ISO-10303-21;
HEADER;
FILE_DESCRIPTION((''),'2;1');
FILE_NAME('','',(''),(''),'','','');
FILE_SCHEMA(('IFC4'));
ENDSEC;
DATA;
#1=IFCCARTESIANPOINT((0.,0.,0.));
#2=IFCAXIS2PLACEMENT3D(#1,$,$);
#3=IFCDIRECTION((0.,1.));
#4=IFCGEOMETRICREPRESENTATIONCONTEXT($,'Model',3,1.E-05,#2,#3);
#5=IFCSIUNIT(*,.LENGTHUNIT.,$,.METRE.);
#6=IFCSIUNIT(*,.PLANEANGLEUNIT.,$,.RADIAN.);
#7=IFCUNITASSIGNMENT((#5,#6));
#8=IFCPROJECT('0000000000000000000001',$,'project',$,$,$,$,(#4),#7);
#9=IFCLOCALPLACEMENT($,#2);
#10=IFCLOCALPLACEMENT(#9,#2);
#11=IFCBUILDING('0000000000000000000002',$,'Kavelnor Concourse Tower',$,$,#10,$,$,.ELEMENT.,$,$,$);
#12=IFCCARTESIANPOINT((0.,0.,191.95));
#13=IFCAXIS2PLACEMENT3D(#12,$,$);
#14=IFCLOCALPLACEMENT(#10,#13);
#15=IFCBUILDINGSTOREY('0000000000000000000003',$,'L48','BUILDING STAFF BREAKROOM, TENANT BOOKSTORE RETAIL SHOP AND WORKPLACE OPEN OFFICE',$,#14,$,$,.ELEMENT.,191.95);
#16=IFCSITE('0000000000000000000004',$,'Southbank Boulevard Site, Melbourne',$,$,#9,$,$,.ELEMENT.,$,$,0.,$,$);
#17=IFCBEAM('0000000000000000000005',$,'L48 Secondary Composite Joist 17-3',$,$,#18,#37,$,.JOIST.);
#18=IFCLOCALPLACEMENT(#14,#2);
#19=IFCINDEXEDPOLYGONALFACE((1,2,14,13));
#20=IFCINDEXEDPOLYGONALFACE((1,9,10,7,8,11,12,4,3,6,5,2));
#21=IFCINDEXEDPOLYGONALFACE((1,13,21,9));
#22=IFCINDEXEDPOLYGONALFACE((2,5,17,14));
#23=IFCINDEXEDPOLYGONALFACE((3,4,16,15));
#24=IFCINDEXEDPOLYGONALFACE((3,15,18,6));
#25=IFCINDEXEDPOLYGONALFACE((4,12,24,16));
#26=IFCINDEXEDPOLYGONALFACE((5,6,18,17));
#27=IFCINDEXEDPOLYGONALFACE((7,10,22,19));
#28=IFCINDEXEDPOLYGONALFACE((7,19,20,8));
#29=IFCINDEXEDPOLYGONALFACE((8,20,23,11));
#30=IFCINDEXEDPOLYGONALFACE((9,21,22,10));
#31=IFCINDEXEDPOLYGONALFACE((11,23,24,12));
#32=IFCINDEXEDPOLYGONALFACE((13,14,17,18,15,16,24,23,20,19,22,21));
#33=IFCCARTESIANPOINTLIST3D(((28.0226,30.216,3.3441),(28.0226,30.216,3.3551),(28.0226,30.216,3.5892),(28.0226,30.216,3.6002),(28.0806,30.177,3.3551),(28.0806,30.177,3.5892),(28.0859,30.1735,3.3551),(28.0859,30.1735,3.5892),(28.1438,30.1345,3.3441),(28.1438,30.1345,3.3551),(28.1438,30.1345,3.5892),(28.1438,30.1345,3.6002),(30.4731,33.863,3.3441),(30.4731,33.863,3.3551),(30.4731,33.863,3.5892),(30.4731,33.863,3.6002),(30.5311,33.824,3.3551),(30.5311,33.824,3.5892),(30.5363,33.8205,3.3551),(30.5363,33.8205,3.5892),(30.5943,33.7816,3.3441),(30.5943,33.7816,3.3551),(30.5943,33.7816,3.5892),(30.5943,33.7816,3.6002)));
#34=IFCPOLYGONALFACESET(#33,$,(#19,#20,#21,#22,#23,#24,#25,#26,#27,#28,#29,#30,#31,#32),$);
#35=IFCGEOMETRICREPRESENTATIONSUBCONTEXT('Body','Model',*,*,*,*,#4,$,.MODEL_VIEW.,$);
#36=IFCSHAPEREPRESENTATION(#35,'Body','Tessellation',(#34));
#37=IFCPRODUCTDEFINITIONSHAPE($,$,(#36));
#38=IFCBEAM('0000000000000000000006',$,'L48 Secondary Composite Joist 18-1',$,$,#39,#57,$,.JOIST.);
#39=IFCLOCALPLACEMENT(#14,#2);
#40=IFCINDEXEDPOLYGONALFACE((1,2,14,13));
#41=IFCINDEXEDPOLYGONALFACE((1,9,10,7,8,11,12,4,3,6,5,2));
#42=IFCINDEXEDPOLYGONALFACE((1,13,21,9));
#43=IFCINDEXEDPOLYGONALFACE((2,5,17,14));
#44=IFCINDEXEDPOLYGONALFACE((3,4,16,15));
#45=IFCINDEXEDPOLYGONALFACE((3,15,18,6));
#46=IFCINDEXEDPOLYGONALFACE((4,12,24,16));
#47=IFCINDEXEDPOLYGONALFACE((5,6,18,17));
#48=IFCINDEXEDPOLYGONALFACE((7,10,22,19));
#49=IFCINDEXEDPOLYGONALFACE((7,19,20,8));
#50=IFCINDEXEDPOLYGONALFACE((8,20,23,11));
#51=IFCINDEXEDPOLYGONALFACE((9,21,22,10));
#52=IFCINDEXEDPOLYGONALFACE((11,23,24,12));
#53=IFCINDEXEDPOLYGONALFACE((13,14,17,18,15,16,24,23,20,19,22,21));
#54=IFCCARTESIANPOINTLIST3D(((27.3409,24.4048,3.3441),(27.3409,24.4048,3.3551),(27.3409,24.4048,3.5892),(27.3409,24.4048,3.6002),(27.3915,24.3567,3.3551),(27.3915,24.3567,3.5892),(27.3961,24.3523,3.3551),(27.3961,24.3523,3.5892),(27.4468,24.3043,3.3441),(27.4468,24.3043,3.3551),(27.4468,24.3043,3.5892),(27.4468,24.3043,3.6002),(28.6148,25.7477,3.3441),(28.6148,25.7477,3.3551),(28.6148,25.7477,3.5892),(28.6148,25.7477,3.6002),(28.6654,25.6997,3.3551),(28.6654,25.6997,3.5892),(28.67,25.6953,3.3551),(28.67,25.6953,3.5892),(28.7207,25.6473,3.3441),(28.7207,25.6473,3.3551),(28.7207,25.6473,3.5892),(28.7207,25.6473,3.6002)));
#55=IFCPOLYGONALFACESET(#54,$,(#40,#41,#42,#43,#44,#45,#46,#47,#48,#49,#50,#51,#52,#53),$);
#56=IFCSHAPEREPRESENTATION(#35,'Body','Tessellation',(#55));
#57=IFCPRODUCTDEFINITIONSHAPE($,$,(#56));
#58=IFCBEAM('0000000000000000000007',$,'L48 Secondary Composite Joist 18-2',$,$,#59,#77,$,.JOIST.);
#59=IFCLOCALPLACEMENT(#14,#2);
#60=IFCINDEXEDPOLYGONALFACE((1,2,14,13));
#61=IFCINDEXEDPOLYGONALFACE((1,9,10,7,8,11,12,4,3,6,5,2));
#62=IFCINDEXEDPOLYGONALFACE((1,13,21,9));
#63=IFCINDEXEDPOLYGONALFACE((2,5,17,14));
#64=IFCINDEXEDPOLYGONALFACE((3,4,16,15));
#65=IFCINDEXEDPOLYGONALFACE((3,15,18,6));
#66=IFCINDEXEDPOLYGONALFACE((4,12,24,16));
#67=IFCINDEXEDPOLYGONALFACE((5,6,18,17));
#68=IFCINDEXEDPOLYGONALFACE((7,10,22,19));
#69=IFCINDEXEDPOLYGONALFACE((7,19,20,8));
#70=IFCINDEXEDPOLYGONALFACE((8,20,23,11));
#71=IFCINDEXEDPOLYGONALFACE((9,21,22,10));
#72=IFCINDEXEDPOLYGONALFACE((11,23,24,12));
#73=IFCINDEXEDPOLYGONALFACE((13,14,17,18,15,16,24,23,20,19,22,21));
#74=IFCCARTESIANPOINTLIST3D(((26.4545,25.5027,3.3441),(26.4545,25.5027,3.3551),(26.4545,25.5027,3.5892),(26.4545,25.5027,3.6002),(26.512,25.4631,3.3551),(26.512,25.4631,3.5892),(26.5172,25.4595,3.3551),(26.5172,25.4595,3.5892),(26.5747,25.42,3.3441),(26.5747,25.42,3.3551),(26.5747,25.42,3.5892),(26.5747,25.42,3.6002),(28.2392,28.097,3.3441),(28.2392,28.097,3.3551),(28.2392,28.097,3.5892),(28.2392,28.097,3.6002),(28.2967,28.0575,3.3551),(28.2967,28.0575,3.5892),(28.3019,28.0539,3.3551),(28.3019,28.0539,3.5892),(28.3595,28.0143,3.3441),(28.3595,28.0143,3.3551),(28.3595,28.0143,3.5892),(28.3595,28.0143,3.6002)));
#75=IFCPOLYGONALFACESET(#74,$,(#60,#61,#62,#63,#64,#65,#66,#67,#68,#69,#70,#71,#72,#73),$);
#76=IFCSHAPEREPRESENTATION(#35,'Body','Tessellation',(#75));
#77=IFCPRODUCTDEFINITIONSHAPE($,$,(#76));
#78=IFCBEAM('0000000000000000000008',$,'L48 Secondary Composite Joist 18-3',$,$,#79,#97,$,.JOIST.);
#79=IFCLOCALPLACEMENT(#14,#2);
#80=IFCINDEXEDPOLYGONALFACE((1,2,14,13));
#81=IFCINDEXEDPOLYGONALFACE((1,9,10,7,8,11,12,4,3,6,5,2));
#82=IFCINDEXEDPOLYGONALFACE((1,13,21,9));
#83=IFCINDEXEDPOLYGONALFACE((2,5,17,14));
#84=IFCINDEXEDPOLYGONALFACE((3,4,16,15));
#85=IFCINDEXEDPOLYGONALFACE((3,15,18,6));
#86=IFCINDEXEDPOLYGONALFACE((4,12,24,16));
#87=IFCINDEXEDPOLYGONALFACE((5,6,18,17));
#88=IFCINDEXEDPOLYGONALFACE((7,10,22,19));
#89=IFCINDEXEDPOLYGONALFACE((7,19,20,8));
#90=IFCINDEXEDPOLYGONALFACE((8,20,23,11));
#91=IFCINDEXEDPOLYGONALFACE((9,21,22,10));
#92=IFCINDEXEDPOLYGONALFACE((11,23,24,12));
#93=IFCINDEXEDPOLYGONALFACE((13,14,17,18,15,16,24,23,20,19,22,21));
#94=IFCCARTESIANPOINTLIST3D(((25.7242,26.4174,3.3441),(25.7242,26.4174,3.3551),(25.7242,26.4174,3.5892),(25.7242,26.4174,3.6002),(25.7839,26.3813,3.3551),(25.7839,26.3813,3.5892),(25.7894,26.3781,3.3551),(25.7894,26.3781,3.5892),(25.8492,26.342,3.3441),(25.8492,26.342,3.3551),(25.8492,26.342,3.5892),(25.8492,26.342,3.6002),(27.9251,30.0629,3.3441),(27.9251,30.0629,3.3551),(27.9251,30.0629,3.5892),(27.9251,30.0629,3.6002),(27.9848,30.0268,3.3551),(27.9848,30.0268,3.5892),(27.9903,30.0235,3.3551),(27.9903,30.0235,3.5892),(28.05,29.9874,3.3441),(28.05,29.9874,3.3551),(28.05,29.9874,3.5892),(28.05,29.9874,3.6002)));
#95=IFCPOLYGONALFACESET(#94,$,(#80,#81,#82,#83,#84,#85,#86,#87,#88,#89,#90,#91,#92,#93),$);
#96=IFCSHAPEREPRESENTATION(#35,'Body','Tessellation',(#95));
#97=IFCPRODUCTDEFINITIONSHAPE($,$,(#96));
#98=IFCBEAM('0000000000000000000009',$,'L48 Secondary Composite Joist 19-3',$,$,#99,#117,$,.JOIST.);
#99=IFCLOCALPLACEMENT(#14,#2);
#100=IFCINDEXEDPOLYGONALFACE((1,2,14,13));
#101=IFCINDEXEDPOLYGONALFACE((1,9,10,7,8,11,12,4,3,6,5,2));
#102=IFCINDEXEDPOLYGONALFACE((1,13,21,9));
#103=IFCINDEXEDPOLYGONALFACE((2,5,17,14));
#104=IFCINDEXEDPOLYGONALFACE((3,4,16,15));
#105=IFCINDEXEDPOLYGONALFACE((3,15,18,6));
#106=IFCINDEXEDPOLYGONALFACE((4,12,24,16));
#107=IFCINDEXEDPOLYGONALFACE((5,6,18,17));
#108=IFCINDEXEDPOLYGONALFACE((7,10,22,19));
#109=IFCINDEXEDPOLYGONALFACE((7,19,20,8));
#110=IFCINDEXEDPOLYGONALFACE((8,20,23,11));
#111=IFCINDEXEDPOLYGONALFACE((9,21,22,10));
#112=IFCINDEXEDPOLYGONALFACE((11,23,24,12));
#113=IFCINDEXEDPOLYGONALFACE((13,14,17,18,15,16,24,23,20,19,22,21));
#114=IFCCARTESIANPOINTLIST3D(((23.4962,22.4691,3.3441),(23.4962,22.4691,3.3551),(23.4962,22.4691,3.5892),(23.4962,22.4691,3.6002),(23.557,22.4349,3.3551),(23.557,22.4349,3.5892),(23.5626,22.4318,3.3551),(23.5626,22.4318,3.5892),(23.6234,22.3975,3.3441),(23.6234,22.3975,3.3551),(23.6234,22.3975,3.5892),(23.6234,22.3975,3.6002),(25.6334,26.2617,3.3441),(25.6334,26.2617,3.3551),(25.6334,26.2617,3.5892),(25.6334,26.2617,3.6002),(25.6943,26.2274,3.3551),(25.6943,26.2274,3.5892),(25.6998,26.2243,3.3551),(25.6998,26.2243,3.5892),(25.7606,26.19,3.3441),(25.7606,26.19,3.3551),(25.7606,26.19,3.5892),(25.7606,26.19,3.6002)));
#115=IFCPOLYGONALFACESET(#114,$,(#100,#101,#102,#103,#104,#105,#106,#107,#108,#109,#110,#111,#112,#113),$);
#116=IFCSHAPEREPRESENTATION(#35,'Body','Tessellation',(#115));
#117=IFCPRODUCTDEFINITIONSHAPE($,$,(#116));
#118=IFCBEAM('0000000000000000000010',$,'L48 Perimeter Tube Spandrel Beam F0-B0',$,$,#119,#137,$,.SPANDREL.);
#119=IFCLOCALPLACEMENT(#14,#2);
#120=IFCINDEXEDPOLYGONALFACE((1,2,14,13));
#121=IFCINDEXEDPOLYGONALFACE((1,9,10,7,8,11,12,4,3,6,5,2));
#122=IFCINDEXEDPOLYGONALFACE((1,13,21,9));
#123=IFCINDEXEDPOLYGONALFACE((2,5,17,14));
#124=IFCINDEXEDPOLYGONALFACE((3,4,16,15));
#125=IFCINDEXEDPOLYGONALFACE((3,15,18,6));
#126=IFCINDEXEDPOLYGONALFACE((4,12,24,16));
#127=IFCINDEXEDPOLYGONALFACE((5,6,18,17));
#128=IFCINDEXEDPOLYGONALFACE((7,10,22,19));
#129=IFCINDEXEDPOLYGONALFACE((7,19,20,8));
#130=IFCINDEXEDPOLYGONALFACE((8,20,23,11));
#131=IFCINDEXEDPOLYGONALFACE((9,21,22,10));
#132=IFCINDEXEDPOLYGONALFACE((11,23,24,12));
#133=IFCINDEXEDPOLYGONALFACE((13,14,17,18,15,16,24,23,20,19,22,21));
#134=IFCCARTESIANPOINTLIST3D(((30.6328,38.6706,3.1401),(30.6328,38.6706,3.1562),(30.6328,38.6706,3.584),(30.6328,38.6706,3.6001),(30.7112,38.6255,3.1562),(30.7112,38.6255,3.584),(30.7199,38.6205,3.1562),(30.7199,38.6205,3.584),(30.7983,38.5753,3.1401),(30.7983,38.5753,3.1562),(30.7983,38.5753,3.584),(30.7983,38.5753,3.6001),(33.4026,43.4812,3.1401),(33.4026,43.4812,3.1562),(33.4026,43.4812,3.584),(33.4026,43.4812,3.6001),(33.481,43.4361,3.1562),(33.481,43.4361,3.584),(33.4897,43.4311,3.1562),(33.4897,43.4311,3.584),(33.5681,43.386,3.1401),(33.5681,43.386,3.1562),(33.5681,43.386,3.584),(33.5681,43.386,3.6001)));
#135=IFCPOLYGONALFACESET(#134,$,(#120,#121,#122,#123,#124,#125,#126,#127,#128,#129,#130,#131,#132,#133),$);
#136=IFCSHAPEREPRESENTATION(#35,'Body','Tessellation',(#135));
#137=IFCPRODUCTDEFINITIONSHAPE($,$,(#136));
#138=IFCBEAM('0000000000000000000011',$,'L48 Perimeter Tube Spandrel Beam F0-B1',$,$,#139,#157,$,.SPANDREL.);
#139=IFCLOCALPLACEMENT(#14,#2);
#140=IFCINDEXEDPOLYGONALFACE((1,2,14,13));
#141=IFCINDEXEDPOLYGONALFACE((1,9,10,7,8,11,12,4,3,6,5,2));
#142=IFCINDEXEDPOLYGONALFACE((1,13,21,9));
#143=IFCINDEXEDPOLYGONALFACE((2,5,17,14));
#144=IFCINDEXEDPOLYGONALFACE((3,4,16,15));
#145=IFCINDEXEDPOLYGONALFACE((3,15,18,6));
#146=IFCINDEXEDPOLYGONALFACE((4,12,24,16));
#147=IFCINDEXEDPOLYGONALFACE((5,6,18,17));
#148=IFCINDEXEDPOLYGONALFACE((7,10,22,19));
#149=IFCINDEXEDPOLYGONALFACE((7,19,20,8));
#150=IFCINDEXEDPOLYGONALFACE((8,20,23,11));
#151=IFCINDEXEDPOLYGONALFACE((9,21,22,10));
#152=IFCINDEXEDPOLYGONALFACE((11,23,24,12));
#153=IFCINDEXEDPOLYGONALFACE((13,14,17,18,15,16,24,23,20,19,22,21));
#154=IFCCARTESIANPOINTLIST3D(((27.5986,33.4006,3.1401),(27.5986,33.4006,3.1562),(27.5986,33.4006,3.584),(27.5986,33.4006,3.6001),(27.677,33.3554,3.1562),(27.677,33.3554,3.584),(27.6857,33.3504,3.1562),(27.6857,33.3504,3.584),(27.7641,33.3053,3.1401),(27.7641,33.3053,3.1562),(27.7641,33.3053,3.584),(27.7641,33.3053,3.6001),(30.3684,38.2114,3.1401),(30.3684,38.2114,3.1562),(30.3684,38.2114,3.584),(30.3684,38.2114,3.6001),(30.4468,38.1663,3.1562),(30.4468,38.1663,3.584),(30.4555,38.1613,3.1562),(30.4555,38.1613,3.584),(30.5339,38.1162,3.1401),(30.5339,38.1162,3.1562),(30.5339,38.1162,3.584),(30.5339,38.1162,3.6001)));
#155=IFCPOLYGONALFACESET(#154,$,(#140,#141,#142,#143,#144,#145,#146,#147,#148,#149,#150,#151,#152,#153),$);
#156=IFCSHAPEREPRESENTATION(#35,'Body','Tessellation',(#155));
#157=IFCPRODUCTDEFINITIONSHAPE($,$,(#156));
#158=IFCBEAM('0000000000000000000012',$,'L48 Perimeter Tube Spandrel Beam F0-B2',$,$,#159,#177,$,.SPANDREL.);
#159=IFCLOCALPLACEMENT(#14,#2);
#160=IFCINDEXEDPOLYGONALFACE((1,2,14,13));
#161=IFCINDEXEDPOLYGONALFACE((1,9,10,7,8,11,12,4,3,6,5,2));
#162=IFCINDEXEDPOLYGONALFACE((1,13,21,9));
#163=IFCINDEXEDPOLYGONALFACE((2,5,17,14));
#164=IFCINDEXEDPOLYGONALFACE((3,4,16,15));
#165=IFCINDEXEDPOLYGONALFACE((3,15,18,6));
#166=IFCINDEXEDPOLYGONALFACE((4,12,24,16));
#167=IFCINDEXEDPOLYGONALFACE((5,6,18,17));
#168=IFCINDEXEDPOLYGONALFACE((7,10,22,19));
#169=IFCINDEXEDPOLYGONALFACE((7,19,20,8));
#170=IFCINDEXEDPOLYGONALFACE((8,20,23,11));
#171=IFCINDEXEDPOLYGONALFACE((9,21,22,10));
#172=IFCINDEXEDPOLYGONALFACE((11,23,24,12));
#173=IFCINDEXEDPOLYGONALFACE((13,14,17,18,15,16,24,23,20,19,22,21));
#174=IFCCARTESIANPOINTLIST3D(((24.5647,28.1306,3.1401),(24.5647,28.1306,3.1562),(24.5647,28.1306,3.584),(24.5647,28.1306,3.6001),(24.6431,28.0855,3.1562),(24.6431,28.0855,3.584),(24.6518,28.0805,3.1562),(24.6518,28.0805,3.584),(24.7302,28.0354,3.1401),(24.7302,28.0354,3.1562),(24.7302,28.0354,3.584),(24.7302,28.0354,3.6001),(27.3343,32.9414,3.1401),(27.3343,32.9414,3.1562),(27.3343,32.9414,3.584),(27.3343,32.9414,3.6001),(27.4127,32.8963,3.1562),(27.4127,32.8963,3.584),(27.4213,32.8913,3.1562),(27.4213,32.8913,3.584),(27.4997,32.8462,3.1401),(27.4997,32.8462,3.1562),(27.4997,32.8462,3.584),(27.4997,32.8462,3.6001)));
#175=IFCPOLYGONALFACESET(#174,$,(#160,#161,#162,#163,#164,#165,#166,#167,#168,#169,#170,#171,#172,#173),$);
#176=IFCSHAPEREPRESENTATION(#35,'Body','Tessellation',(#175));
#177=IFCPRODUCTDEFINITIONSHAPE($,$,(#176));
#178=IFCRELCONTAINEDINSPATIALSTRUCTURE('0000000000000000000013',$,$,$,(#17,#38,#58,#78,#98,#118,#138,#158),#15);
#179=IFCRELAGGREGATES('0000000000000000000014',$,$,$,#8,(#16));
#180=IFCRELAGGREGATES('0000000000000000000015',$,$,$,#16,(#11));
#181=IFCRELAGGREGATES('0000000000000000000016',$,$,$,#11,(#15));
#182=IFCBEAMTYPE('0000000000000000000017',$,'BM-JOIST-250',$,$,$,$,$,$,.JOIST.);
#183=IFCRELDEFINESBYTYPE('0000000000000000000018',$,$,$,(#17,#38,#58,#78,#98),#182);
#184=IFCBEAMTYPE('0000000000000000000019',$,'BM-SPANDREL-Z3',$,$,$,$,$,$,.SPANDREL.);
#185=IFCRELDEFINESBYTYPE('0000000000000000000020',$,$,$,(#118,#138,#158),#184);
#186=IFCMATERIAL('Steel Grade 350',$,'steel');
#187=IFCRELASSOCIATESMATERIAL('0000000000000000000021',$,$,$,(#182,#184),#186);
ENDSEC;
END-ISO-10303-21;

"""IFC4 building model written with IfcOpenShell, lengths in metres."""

from ifc_helpers import new_model, si_unit, direction, frame, origin, origin_2d, place, context, subcontext, project, spatial, i_section, extrude, material, material_profile, profile_set, type_object, element, save


model = new_model("IFC4")

# Units and contexts
model_context = context("Model", 3, precision=1e-05, world=origin(), true_north=direction((0.0, 1.0)))
body_context = subcontext(model_context, "Body", "Model", "MODEL_VIEW")
ifc_project = project(units=[si_unit("LENGTHUNIT", "METRE"), si_unit("PLANEANGLEUNIT", "RADIAN")], contexts=[model_context])

# Site, building, storey
site_placement = place(None, origin())
site = spatial("IfcSite", under=ifc_project, at=site_placement, Name="Southbank Boulevard Site, Melbourne", CompositionType="ELEMENT", RefElevation=0.0)
building_placement = place(site_placement, origin())
building = spatial("IfcBuilding", under=site, at=building_placement, Name="Kavelnor Concourse Tower", CompositionType="ELEMENT")
storey_placement = place(building_placement, frame((0.0, 0.0, 191.95)))
storey = spatial("IfcBuildingStorey", under=building, at=storey_placement, Name="L48", Description="BUILDING STAFF BREAKROOM, TENANT BOOKSTORE RETAIL SHOP AND WORKPLACE OPEN OFFICE", CompositionType="ELEMENT", Elevation=191.95)

# Shared definitions
ifc_material_1 = material(Name="Steel Grade 350", Category="steel")

# Beams
ifc_material_profile_1 = material_profile(ifc_material_1, i_section(OverallWidth=0.146, OverallDepth=0.2561, WebThickness=0.0063, FlangeThickness=0.011, at=origin_2d()), Name="250UB37")
ifc_profile_set_1 = profile_set([ifc_material_profile_1], Name="Steel Grade 350")
beam_type_1 = type_object("IfcBeamType", Name="BM-JOIST-250", PredefinedType="JOIST", material=ifc_profile_set_1)
beam_1_placement = place(storey_placement, frame((30.5337, 33.8223, 3.4722), z_axis=(-0.55771, -0.830036, 0.0), x_axis=(0.830036, -0.55771, 0.0)))
element("IfcBeam", 1, at=beam_1_placement, inside=storey, type_object=beam_type_1, Name="L48 Secondary Composite Joist 17-3", PredefinedType="JOIST", context=body_context, shape_type="SweptSolid", body=[
    extrude(i_section(OverallWidth=0.146, OverallDepth=0.2561, WebThickness=0.0063, FlangeThickness=0.011, at=origin_2d()), origin(), (0.0, 0.0, 1.0), 4.3938),
])
beam_2_placement = place(storey_placement, frame((28.6677, 25.6975, 3.4722), z_axis=(-0.688198, -0.725523, 0.0), x_axis=(0.725523, -0.688198, 0.0)))
element("IfcBeam", 2, at=beam_2_placement, inside=storey, type_object=beam_type_1, Name="L48 Secondary Composite Joist 18-1", PredefinedType="JOIST", context=body_context, shape_type="SweptSolid", body=[
    extrude(i_section(OverallWidth=0.146, OverallDepth=0.2561, WebThickness=0.0063, FlangeThickness=0.011, at=origin_2d()), origin(), (0.0, 0.0, 1.0), 1.8511),
])
beam_3_placement = place(storey_placement, frame((28.2993, 28.0557, 3.4722), z_axis=(-0.566772, -0.823874, 0.0), x_axis=(0.823874, -0.566772, 0.0)))
element("IfcBeam", 3, at=beam_3_placement, inside=storey, type_object=beam_type_1, Name="L48 Secondary Composite Joist 18-2", PredefinedType="JOIST", context=body_context, shape_type="SweptSolid", body=[
    extrude(i_section(OverallWidth=0.146, OverallDepth=0.2561, WebThickness=0.0063, FlangeThickness=0.011, at=origin_2d()), origin(), (0.0, 0.0, 1.0), 3.1489),
])
beam_4_placement = place(storey_placement, frame((27.9875, 30.0251, 3.4722), z_axis=(-0.516846, -0.856078, 0.0), x_axis=(0.856078, -0.516846, 0.0)))
element("IfcBeam", 4, at=beam_4_placement, inside=storey, type_object=beam_type_1, Name="L48 Secondary Composite Joist 18-3", PredefinedType="JOIST", context=body_context, shape_type="SweptSolid", body=[
    extrude(i_section(OverallWidth=0.146, OverallDepth=0.2561, WebThickness=0.0063, FlangeThickness=0.011, at=origin_2d()), origin(), (0.0, 0.0, 1.0), 4.2583),
])
beam_5_placement = place(storey_placement, frame((25.697, 26.2258, 3.4722), z_axis=(-0.490948, -0.871189, 0.0), x_axis=(0.871189, -0.490948, 0.0)))
element("IfcBeam", 5, at=beam_5_placement, inside=storey, type_object=beam_type_1, Name="L48 Secondary Composite Joist 19-3", PredefinedType="JOIST", context=body_context, shape_type="SweptSolid", body=[
    extrude(i_section(OverallWidth=0.146, OverallDepth=0.2561, WebThickness=0.0063, FlangeThickness=0.011, at=origin_2d()), origin(), (0.0, 0.0, 1.0), 4.3533),
])
ifc_material_profile_2 = material_profile(ifc_material_1, i_section(OverallWidth=0.1909, OverallDepth=0.46, WebThickness=0.01, FlangeThickness=0.0161, at=origin_2d()), Name="460UB82")
ifc_profile_set_2 = profile_set([ifc_material_profile_2], Name="Steel Grade 350")
beam_type_2 = type_object("IfcBeamType", Name="BM-SPANDREL-Z3", PredefinedType="SPANDREL", material=ifc_profile_set_2)
beam_6_placement = place(storey_placement, frame((33.4854, 43.4336, 3.3701), z_axis=(-0.498973, -0.866617, 0.0), x_axis=(0.866617, -0.498973, 0.0)))
element("IfcBeam", 6, at=beam_6_placement, inside=storey, type_object=beam_type_2, Name="L48 Perimeter Tube Spandrel Beam F0-B0", PredefinedType="SPANDREL", context=body_context, shape_type="SweptSolid", body=[
    extrude(i_section(OverallWidth=0.1909, OverallDepth=0.46, WebThickness=0.01, FlangeThickness=0.0161, at=origin_2d()), origin(), (0.0, 0.0, 1.0), 5.551),
])
beam_7_placement = place(storey_placement, frame((30.4512, 38.1638, 3.3701), z_axis=(-0.498954, -0.866628, 0.0), x_axis=(0.866628, -0.498954, 0.0)))
element("IfcBeam", 7, at=beam_7_placement, inside=storey, type_object=beam_type_2, Name="L48 Perimeter Tube Spandrel Beam F0-B1", PredefinedType="SPANDREL", context=body_context, shape_type="SweptSolid", body=[
    extrude(i_section(OverallWidth=0.1909, OverallDepth=0.46, WebThickness=0.01, FlangeThickness=0.0161, at=origin_2d()), origin(), (0.0, 0.0, 1.0), 5.5513),
])
beam_8_placement = place(storey_placement, frame((27.417, 32.8938, 3.3701), z_axis=(-0.498921, -0.866647, 0.0), x_axis=(0.866647, -0.498921, 0.0)))
element("IfcBeam", 8, at=beam_8_placement, inside=storey, type_object=beam_type_2, Name="L48 Perimeter Tube Spandrel Beam F0-B2", PredefinedType="SPANDREL", context=body_context, shape_type="SweptSolid", body=[
    extrude(i_section(OverallWidth=0.1909, OverallDepth=0.46, WebThickness=0.01, FlangeThickness=0.0161, at=origin_2d()), origin(), (0.0, 0.0, 1.0), 5.551),
])

save(model, "model.ifc")
